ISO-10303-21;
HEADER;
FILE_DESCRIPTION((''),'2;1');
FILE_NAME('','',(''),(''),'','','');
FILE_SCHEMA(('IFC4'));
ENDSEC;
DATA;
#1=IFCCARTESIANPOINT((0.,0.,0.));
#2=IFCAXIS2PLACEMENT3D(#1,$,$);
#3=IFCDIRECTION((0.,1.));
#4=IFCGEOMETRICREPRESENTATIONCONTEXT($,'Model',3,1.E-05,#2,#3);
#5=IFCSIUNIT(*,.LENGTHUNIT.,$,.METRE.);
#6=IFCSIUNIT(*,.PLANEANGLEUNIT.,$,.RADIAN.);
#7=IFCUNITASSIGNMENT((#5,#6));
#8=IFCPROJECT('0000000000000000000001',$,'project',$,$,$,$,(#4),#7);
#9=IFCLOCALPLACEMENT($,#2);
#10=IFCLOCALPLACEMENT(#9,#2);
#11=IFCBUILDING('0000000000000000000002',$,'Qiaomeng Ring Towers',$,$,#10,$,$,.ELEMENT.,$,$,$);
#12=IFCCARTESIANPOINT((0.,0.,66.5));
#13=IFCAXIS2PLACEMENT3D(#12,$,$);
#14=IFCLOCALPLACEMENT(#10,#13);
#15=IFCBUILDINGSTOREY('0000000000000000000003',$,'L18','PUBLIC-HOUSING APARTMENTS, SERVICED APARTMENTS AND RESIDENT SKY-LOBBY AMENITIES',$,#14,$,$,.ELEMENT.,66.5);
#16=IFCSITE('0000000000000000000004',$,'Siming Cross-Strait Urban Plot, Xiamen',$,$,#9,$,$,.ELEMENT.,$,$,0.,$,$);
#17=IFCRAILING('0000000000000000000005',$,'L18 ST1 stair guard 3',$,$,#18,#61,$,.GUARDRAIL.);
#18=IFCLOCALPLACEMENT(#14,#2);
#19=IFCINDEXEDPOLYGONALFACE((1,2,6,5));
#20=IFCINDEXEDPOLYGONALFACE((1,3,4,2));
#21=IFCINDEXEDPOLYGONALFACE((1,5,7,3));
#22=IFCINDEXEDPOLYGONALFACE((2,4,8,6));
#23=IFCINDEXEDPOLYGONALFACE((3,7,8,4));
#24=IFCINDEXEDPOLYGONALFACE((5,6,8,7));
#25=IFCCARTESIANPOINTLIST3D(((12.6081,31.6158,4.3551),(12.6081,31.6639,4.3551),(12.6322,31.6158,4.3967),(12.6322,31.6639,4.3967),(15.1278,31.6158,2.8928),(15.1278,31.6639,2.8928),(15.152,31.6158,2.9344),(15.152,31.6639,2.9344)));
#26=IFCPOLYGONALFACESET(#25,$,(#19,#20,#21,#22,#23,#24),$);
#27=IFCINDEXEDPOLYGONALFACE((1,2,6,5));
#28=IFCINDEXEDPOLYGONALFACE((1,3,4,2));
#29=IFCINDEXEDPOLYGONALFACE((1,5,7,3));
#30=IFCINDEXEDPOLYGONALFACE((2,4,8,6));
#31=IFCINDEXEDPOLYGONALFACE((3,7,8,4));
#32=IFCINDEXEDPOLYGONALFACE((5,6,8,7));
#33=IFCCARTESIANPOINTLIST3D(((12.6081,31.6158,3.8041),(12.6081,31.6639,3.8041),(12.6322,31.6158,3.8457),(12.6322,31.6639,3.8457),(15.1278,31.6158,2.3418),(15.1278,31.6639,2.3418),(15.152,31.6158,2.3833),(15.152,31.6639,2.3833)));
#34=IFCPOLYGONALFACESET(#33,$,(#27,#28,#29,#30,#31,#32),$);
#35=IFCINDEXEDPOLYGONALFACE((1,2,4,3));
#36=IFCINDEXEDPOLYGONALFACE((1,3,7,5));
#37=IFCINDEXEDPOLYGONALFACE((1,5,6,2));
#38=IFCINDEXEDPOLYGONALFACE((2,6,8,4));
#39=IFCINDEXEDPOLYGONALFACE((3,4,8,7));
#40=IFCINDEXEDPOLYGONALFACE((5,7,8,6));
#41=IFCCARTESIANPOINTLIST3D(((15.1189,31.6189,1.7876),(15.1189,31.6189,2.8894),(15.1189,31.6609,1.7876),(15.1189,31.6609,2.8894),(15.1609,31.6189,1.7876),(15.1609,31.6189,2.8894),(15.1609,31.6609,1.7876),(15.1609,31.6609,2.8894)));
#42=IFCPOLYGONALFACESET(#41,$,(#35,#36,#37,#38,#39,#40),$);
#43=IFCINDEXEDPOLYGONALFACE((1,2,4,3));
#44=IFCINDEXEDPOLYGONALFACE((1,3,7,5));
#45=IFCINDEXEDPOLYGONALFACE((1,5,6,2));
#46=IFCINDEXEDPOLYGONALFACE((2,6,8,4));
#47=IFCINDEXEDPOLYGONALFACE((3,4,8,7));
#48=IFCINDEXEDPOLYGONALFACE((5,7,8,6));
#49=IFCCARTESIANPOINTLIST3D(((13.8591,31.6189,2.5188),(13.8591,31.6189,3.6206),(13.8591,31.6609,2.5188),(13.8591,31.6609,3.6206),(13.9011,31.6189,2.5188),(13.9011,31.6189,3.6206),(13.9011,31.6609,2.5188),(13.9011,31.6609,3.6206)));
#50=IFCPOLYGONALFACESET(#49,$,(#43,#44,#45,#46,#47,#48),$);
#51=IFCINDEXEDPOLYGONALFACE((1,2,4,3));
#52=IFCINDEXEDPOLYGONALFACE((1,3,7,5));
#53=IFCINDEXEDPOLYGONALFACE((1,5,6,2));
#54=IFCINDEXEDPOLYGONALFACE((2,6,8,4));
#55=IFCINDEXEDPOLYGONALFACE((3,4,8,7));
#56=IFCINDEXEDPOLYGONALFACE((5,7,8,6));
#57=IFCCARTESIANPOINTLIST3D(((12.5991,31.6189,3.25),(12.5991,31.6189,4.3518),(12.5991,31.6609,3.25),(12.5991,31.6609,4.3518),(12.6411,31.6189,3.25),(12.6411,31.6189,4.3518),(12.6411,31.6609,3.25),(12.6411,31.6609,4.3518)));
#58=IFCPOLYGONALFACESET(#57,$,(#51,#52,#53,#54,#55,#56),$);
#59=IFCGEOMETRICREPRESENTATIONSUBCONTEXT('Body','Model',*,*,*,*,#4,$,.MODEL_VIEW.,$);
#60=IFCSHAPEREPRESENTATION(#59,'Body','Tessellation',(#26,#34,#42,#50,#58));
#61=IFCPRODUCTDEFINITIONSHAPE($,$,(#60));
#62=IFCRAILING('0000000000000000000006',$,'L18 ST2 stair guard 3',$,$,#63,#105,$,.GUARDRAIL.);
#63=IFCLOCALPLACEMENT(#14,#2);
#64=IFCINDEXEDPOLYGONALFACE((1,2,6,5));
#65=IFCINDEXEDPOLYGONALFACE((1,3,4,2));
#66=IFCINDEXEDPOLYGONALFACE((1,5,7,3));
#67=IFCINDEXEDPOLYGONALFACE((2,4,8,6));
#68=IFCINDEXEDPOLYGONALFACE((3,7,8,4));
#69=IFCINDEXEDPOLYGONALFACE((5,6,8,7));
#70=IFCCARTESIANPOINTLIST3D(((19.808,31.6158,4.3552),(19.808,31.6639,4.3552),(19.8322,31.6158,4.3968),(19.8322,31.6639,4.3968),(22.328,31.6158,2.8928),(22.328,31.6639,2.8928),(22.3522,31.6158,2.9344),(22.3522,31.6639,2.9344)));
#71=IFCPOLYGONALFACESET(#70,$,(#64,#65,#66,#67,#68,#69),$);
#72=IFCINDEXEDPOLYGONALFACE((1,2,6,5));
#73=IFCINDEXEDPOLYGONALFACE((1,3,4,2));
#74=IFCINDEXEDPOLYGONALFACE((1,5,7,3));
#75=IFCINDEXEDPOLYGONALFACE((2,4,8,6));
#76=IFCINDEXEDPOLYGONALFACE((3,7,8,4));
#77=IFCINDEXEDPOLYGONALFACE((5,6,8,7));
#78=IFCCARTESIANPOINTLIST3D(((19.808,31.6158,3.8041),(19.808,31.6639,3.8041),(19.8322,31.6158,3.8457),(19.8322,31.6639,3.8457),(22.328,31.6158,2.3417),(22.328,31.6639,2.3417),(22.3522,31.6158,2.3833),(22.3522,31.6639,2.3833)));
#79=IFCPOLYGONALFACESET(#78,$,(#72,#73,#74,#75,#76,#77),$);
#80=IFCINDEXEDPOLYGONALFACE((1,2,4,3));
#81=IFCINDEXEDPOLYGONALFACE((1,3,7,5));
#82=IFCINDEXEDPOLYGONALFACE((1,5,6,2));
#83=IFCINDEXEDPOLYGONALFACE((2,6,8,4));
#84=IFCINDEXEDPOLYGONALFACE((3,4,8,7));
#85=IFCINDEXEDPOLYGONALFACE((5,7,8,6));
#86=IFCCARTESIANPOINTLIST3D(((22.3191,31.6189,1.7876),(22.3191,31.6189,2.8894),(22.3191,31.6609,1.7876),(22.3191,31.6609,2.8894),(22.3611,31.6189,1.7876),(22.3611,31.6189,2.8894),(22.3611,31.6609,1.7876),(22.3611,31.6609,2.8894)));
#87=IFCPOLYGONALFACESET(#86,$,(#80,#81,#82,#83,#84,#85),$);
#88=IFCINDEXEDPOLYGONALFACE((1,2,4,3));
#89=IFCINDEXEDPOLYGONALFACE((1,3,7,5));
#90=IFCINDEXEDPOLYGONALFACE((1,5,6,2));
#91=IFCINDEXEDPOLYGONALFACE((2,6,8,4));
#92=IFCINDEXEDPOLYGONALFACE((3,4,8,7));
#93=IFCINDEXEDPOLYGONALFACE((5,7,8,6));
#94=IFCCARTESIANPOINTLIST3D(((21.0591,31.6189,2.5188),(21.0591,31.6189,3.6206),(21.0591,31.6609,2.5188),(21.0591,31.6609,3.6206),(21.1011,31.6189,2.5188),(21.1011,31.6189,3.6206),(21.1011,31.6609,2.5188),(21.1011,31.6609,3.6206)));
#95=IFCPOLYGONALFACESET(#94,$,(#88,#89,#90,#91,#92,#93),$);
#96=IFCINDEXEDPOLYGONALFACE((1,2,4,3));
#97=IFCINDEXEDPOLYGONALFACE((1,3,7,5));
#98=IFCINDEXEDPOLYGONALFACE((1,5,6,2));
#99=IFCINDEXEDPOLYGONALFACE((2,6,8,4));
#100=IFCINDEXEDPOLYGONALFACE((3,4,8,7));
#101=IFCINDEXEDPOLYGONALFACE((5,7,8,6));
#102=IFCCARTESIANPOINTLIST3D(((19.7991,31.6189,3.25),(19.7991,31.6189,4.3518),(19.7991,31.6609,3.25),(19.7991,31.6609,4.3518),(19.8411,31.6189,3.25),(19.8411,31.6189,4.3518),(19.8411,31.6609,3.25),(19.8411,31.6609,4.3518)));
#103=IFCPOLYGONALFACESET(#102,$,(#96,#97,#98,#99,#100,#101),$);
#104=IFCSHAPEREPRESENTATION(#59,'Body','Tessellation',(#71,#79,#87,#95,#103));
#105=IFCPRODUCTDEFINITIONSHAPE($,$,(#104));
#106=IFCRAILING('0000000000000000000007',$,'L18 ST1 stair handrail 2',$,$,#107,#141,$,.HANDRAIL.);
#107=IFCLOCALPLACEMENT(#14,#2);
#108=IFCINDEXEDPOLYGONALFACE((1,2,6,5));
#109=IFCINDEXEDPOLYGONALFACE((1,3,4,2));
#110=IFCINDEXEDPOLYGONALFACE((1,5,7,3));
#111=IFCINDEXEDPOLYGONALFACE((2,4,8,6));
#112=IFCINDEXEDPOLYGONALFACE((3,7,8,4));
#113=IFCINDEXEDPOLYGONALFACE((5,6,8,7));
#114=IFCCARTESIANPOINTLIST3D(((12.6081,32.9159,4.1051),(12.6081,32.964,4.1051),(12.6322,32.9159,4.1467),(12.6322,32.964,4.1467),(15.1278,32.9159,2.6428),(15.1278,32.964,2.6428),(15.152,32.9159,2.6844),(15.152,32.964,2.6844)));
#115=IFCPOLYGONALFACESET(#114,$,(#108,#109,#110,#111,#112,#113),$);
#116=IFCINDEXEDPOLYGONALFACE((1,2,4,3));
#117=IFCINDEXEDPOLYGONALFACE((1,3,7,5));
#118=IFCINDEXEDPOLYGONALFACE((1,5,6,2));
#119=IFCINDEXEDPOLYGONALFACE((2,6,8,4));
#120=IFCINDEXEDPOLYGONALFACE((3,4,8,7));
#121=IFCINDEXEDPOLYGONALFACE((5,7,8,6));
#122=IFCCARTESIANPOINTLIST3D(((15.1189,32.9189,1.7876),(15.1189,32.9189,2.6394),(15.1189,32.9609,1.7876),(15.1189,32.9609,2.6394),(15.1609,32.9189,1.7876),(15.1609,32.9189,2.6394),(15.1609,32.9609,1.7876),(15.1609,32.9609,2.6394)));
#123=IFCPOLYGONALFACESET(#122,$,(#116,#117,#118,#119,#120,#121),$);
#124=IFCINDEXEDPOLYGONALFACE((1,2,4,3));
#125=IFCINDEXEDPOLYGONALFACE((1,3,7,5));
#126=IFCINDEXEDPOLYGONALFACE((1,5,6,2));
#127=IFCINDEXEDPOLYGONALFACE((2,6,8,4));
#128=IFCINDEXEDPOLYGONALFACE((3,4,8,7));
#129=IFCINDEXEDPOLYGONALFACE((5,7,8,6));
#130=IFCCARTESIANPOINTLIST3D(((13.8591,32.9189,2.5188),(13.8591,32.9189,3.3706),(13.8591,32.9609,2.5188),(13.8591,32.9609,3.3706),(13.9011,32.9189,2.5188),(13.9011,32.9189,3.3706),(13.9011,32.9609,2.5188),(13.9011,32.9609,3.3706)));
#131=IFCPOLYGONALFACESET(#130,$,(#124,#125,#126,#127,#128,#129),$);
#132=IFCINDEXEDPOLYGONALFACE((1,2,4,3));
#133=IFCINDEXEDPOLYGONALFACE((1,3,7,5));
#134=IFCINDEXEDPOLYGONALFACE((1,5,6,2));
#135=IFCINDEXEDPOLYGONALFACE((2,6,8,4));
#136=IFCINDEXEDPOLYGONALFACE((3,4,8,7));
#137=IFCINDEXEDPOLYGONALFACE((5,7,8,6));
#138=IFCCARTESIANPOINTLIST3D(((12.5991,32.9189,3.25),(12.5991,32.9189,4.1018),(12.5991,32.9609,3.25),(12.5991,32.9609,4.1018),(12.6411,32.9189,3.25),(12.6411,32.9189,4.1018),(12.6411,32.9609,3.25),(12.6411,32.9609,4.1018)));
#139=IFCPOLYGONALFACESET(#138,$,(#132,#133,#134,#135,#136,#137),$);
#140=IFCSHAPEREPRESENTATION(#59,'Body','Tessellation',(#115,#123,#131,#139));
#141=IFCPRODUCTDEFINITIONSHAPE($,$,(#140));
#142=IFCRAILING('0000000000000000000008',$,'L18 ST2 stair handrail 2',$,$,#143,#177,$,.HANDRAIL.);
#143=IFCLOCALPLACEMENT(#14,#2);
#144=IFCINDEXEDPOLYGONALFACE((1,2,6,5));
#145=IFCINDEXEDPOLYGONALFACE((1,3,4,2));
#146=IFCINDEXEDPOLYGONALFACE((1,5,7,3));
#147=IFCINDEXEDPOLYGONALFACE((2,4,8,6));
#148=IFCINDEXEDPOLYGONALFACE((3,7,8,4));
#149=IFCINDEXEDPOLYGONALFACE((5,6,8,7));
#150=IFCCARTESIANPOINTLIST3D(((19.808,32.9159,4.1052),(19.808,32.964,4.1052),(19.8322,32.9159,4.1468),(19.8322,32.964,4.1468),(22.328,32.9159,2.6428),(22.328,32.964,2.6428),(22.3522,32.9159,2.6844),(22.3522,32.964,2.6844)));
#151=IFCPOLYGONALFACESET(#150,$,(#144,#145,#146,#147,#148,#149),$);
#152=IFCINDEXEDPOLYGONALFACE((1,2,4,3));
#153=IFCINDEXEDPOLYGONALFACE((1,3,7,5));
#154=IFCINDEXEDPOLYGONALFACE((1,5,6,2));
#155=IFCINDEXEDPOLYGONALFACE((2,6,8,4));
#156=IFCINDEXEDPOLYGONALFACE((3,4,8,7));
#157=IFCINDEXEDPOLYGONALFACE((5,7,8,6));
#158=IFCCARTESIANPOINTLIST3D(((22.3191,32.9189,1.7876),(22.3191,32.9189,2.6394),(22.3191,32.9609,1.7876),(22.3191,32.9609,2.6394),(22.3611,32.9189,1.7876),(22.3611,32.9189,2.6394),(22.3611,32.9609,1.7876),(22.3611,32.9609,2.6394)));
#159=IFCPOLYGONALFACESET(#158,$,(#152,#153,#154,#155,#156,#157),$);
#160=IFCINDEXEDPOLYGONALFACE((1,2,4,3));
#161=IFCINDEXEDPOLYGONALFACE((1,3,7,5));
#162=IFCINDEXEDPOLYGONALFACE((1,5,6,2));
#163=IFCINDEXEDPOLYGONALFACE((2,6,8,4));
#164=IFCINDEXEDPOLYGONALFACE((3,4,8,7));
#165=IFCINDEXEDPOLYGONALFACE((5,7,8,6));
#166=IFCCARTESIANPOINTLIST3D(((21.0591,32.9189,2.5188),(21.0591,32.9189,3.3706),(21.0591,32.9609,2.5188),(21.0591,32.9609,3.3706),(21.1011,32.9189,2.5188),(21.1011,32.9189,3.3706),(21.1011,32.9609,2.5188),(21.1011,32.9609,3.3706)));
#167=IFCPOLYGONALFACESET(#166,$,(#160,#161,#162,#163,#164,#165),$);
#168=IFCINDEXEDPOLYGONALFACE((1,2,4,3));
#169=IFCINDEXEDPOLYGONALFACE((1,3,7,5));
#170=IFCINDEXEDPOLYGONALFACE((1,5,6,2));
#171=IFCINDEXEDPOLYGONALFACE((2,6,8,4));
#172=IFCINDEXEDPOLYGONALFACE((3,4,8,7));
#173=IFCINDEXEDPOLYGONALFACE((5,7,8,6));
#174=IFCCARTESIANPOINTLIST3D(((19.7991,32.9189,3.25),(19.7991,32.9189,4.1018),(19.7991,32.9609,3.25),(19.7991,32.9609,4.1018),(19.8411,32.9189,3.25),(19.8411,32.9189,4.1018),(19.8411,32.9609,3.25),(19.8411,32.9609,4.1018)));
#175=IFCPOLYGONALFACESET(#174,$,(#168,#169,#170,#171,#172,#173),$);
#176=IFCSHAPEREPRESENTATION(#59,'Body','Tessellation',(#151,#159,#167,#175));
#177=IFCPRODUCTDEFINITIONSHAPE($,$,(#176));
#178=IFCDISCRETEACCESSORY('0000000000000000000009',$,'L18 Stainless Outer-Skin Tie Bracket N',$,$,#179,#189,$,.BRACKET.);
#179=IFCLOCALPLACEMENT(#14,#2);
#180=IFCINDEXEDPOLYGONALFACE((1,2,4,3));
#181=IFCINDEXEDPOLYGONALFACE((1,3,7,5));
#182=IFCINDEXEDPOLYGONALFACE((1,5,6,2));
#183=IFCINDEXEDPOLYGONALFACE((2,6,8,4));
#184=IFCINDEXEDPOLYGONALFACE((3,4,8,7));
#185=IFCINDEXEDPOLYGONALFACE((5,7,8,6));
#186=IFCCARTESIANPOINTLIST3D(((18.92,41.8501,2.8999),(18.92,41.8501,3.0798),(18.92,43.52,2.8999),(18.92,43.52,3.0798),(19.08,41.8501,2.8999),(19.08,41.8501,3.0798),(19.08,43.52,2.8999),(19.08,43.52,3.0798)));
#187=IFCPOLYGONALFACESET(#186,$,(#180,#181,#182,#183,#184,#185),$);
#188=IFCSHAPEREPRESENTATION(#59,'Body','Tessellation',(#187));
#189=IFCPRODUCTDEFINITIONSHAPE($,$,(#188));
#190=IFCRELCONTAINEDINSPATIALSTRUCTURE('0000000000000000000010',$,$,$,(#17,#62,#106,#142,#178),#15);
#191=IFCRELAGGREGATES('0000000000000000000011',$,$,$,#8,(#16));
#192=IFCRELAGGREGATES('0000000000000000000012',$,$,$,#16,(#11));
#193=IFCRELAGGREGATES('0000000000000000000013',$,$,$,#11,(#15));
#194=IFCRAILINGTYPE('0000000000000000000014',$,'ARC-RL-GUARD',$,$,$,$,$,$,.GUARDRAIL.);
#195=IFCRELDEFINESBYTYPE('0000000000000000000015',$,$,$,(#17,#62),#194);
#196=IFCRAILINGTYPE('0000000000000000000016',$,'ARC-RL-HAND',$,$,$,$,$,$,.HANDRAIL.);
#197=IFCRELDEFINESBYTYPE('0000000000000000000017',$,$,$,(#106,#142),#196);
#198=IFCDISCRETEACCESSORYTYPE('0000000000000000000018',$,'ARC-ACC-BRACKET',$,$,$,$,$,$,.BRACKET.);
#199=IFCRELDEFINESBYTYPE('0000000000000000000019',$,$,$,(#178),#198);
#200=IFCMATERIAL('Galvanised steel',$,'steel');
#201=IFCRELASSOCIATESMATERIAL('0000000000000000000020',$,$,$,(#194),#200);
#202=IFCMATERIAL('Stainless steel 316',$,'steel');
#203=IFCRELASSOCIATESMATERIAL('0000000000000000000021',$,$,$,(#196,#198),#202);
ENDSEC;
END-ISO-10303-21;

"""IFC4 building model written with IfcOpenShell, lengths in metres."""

from ifc_helpers import new_model, si_unit, direction, frame, origin, origin_2d, place, context, subcontext, project, spatial, rectangle, extrude, source, transform, mapped, material, type_object, element, save


model = new_model("IFC4")

# Units and contexts
model_context = context("Model", 3, precision=1e-05, world=origin(), true_north=direction((0.0, 1.0)))
body_context = subcontext(model_context, "Body", "Model", "MODEL_VIEW")
ifc_project = project(units=[si_unit("LENGTHUNIT", "METRE"), si_unit("PLANEANGLEUNIT", "RADIAN")], contexts=[model_context])

# Site, building, storey
site_placement = place(None, origin())
site = spatial("IfcSite", under=ifc_project, at=site_placement, Name="Siming Cross-Strait Urban Plot, Xiamen", CompositionType="ELEMENT", RefElevation=0.0)
building_placement = place(site_placement, origin())
building = spatial("IfcBuilding", under=site, at=building_placement, Name="Qiaomeng Ring Towers", CompositionType="ELEMENT")
storey_placement = place(building_placement, frame((0.0, 0.0, 66.5)))
storey = spatial("IfcBuildingStorey", under=building, at=storey_placement, Name="L18", Description="PUBLIC-HOUSING APARTMENTS, SERVICED APARTMENTS AND RESIDENT SKY-LOBBY AMENITIES", CompositionType="ELEMENT", Elevation=66.5)

# Shared definitions
ifc_material_1 = material(Name="Galvanised steel", Category="steel")

# Railings
railing_type_1 = type_object("IfcRailingType", Name="ARC-RL-GUARD", PredefinedType="GUARDRAIL", material=ifc_material_1)
railing_1_placement = place(storey_placement, frame((15.1399, 31.6399, 1.7876)))
element("IfcRailing", 1, at=railing_1_placement, inside=storey, type_object=railing_type_1, Name="L18 ST1 stair guard 3", PredefinedType="GUARDRAIL", context=body_context, shape_type="SweptSolid", body=[
    extrude(rectangle(XDim=0.0481, YDim=0.0481, at=origin_2d()), frame((0.0, 0.0, 1.126), z_axis=(-0.864892, 0.0, 0.501958), x_axis=(0.0, -1.0, 0.0)), (0.0, 0.0, 1.0), 2.9133),
    extrude(rectangle(XDim=0.0481, YDim=0.0481, at=origin_2d()), frame((0.0, 0.0, 0.575), z_axis=(-0.864892, 0.0, 0.501958), x_axis=(0.0, -1.0, 0.0)), (0.0, 0.0, 1.0), 2.9133),
    extrude(rectangle(XDim=0.042, YDim=0.042, at=origin_2d()), origin(), (0.0, 0.0, 1.0), 1.1018),
    extrude(rectangle(XDim=0.042, YDim=0.042, at=origin_2d()), frame((-1.2598, 0.0, 0.7312)), (0.0, 0.0, 1.0), 1.1018),
    extrude(rectangle(XDim=0.042, YDim=0.042, at=origin_2d()), frame((-2.5198, 0.0, 1.4624)), (0.0, 0.0, 1.0), 1.1018),
])
railing_2_placement = place(storey_placement, frame((22.3401, 31.6399, 1.7876)))
element("IfcRailing", 2, at=railing_2_placement, inside=storey, type_object=railing_type_1, Name="L18 ST2 stair guard 3", PredefinedType="GUARDRAIL", context=body_context, shape_type="SweptSolid", body=[
    extrude(rectangle(XDim=0.0481, YDim=0.0481, at=origin_2d()), frame((0.0, 0.0, 1.126), z_axis=(-0.864913, 0.0, 0.501921), x_axis=(0.0, -1.0, 0.0)), (0.0, 0.0, 1.0), 2.9136),
    extrude(rectangle(XDim=0.0481, YDim=0.0481, at=origin_2d()), frame((0.0, 0.0, 0.575), z_axis=(-0.864913, 0.0, 0.501921), x_axis=(0.0, -1.0, 0.0)), (0.0, 0.0, 1.0), 2.9136),
    extrude(rectangle(XDim=0.042, YDim=0.042, at=origin_2d()), origin(), (0.0, 0.0, 1.0), 1.1018),
    extrude(rectangle(XDim=0.042, YDim=0.042, at=origin_2d()), frame((-1.26, 0.0, 0.7312)), (0.0, 0.0, 1.0), 1.1018),
    extrude(rectangle(XDim=0.042, YDim=0.042, at=origin_2d()), frame((-2.52, 0.0, 1.4624)), (0.0, 0.0, 1.0), 1.1018),
])
ifc_material_2 = material(Name="Stainless steel 316", Category="steel")
railing_type_2 = type_object("IfcRailingType", Name="ARC-RL-HAND", PredefinedType="HANDRAIL", material=ifc_material_2)
railing_3_placement = place(storey_placement, frame((15.1399, 32.9399, 1.7876)))
element("IfcRailing", 3, at=railing_3_placement, inside=storey, type_object=railing_type_2, Name="L18 ST1 stair handrail 2", PredefinedType="HANDRAIL", context=body_context, shape_type="SweptSolid", body=[
    extrude(rectangle(XDim=0.0481, YDim=0.0481, at=origin_2d()), frame((0.0, 0.0, 0.876), z_axis=(-0.864892, 0.0, 0.501958), x_axis=(0.0, -1.0, 0.0)), (0.0, 0.0, 1.0), 2.9133),
    extrude(rectangle(XDim=0.042, YDim=0.042, at=origin_2d()), origin(), (0.0, 0.0, 1.0), 0.8518),
    extrude(rectangle(XDim=0.042, YDim=0.042, at=origin_2d()), frame((-1.2598, 0.0, 0.7312)), (0.0, 0.0, 1.0), 0.8518),
    extrude(rectangle(XDim=0.042, YDim=0.042, at=origin_2d()), frame((-2.5198, 0.0, 1.4624)), (0.0, 0.0, 1.0), 0.8518),
])
railing_4_placement = place(storey_placement, frame((22.3401, 32.9399, 1.7876)))
element("IfcRailing", 4, at=railing_4_placement, inside=storey, type_object=railing_type_2, Name="L18 ST2 stair handrail 2", PredefinedType="HANDRAIL", context=body_context, shape_type="SweptSolid", body=[
    extrude(rectangle(XDim=0.0481, YDim=0.0481, at=origin_2d()), frame((0.0, 0.0, 0.876), z_axis=(-0.864913, 0.0, 0.501921), x_axis=(0.0, -1.0, 0.0)), (0.0, 0.0, 1.0), 2.9136),
    extrude(rectangle(XDim=0.042, YDim=0.042, at=origin_2d()), origin(), (0.0, 0.0, 1.0), 0.8518),
    extrude(rectangle(XDim=0.042, YDim=0.042, at=origin_2d()), frame((-1.26, 0.0, 0.7312)), (0.0, 0.0, 1.0), 0.8518),
    extrude(rectangle(XDim=0.042, YDim=0.042, at=origin_2d()), frame((-2.52, 0.0, 1.4624)), (0.0, 0.0, 1.0), 0.8518),
])

# Discrete accessory
discrete_accessory_type = type_object("IfcDiscreteAccessoryType", Name="ARC-ACC-BRACKET", PredefinedType="BRACKET", material=ifc_material_2)
shared_shape_1 = source(origin(), body_context, "Body", "SweptSolid", [
    extrude(rectangle(XDim=0.1599, YDim=1.6699, at=origin_2d()), origin(), (0.0, 0.0, 1.0), 0.1799),
])
discrete_accessory_placement = place(storey_placement, frame((19.0, 42.6851, 2.8999), z_axis=(0.0, 0.0, 1.0), x_axis=(1.0, 0.0, 0.0)))
element("IfcDiscreteAccessory", 5, at=discrete_accessory_placement, inside=storey, type_object=discrete_accessory_type, Name="L18 Stainless Outer-Skin Tie Bracket N", PredefinedType="BRACKET", context=body_context, shape_type="MappedRepresentation", body=[
    mapped(shared_shape_1, transform((0.0, 0.0, 0.0), x_axis=(1.0, 0.0, 0.0), y_axis=(0.0, 1.0, 0.0), z_axis=(0.0, 0.0, 1.0), scale=1.0)),
])

save(model, "model.ifc")
